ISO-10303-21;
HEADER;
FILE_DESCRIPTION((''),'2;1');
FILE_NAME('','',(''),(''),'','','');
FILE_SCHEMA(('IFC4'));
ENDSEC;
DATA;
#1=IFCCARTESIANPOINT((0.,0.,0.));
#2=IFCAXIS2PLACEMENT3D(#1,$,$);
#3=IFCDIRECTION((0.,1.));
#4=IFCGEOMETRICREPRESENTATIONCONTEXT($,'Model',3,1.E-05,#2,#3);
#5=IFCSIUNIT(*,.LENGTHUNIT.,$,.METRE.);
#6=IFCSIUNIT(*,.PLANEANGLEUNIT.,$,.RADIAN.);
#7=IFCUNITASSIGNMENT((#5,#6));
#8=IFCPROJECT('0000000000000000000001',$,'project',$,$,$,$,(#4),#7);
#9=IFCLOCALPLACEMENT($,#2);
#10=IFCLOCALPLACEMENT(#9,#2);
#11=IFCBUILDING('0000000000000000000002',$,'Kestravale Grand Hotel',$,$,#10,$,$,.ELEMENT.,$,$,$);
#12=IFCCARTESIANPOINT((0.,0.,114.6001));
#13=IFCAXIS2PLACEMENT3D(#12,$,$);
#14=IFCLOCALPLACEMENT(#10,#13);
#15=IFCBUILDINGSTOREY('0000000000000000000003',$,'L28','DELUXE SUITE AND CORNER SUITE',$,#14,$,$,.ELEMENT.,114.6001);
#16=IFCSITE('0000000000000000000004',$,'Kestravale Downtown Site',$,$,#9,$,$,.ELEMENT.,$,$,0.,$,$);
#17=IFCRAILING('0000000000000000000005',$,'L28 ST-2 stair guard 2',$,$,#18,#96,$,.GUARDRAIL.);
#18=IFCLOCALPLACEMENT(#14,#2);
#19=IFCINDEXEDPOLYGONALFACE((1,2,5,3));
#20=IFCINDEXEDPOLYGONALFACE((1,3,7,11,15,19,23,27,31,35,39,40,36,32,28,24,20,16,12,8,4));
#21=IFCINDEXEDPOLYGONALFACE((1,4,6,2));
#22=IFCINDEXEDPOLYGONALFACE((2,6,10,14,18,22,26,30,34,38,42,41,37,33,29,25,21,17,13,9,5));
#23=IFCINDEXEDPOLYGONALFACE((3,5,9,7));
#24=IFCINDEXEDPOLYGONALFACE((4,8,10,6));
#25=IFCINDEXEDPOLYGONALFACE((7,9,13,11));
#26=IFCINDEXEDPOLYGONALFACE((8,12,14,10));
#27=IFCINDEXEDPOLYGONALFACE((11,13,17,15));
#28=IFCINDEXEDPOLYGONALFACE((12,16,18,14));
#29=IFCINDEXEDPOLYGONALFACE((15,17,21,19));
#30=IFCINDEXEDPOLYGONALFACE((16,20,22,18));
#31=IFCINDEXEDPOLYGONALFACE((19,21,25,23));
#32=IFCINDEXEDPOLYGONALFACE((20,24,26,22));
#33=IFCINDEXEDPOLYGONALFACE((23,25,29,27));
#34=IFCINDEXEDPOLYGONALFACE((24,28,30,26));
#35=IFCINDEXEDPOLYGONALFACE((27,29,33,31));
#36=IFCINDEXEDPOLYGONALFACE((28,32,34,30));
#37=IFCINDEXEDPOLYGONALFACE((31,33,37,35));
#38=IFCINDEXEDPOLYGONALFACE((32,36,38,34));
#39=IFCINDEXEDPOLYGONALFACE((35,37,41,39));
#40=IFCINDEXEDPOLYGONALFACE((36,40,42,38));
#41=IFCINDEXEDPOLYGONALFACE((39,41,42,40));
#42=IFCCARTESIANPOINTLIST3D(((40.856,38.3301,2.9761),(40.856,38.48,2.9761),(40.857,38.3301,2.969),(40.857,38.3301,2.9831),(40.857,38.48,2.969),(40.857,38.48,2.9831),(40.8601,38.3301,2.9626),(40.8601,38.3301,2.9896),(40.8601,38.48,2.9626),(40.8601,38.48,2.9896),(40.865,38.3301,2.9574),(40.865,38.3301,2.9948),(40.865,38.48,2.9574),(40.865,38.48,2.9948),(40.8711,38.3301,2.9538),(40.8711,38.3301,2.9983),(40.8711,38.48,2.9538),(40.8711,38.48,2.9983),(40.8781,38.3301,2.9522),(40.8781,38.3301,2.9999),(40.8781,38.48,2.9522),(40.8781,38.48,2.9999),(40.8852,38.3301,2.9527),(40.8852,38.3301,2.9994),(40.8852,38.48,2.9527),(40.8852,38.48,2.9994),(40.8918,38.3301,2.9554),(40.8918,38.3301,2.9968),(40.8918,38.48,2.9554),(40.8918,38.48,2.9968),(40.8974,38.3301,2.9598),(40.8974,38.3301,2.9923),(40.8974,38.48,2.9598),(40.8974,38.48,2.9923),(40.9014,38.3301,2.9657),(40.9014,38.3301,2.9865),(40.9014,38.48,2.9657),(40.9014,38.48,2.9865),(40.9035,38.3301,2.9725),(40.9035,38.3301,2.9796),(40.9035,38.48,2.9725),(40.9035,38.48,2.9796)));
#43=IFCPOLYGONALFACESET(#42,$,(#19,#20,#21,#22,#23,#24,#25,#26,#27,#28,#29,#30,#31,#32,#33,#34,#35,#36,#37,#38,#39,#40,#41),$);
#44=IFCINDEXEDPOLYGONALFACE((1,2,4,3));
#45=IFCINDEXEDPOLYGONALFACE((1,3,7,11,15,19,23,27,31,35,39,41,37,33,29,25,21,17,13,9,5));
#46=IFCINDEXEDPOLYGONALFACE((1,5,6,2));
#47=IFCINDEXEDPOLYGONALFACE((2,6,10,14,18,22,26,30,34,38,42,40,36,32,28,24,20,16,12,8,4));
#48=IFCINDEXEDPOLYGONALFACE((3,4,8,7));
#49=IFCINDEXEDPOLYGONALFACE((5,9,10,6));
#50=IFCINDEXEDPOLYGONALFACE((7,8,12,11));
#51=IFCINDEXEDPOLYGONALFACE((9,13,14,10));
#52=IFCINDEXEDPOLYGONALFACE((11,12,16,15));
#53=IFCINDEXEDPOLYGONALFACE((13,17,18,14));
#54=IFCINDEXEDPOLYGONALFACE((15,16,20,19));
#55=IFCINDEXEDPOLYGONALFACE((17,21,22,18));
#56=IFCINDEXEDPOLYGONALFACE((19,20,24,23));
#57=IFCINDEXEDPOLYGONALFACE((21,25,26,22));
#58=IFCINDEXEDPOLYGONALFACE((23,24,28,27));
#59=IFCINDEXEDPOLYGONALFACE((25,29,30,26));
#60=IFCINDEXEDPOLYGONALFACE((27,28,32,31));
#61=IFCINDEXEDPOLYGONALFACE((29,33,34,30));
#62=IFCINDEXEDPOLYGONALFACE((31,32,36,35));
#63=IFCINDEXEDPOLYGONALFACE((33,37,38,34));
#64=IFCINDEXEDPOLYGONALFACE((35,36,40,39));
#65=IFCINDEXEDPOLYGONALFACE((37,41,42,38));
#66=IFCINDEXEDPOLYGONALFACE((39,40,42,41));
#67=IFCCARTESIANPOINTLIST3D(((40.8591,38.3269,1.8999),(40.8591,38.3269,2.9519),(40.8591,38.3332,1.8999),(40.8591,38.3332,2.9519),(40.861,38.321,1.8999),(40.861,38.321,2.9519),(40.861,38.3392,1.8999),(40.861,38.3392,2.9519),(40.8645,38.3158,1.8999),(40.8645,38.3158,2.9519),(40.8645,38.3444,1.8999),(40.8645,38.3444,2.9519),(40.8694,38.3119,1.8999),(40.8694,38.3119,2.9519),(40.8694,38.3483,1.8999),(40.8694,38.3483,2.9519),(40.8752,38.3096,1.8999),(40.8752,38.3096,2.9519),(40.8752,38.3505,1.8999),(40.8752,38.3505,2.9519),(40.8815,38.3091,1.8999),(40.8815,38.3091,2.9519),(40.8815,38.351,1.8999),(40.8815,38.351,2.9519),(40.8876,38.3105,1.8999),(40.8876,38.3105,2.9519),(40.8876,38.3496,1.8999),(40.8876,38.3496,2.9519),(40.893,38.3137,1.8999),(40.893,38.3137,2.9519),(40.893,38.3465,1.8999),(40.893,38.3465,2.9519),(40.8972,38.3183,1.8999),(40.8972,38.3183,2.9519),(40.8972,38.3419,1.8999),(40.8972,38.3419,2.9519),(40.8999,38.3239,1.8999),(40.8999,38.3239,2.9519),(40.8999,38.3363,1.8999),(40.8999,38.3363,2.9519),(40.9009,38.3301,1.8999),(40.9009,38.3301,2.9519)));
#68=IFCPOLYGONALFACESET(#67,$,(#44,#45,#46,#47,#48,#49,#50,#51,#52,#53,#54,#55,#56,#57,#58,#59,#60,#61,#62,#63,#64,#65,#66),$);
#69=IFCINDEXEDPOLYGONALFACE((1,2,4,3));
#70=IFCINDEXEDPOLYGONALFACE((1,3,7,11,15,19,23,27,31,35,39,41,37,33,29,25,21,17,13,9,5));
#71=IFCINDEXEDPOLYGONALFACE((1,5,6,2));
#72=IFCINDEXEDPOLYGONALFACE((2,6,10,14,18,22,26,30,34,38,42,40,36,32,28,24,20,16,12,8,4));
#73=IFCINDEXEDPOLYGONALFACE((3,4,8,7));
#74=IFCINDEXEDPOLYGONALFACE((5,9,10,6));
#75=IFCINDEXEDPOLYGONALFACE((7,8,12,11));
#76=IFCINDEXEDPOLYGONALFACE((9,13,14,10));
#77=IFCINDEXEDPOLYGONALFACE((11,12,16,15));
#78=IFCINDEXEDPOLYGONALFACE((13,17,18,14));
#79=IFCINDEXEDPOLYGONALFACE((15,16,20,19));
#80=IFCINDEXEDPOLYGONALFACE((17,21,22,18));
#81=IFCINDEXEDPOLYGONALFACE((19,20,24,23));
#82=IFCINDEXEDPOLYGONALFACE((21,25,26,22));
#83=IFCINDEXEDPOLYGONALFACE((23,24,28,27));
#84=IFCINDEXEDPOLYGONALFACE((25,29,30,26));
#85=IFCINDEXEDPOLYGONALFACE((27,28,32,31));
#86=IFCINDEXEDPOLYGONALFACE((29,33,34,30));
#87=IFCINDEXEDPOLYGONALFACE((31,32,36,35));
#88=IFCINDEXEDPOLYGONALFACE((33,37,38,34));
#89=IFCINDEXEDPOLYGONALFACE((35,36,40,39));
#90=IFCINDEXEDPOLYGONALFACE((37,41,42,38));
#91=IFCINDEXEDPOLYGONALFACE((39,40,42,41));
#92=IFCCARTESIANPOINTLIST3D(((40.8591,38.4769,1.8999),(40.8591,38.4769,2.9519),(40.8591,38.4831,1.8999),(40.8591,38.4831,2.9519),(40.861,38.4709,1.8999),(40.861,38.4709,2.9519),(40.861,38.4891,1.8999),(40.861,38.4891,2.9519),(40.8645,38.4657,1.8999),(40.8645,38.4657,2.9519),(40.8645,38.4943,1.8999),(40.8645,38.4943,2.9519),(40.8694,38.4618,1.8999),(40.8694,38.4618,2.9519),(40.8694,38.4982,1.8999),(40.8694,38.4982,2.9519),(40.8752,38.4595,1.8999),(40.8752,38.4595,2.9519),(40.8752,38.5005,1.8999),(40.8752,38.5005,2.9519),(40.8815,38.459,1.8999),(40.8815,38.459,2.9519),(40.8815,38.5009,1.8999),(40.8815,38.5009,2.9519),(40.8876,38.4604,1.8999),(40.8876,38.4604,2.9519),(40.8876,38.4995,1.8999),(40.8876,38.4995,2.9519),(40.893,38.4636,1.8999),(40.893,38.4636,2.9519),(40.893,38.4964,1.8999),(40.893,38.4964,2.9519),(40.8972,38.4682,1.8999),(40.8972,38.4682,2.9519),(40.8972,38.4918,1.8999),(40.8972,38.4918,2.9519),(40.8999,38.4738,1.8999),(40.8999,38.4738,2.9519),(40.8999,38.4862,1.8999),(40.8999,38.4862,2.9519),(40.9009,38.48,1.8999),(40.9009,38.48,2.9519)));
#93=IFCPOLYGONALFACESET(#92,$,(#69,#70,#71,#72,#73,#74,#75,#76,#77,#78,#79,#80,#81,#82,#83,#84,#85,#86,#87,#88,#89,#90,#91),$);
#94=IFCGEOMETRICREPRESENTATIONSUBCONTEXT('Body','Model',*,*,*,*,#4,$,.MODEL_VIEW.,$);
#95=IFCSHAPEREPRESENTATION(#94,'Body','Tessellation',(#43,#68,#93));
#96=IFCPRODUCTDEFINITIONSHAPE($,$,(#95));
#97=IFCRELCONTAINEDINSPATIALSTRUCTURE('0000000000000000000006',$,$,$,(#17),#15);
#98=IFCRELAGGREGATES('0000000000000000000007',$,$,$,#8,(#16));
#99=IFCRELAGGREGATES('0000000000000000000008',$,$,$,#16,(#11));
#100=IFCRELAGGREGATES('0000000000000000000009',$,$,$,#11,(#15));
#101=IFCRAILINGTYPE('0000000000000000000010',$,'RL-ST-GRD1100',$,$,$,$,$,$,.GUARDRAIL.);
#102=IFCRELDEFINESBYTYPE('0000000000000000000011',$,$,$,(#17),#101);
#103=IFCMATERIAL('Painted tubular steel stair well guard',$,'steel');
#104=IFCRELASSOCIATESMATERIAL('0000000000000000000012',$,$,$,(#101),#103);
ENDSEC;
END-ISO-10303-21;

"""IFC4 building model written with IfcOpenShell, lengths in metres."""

from ifc_helpers import new_model, si_unit, direction, frame, origin, origin_2d, place, context, subcontext, project, spatial, circle, extrude, material, type_object, element, save


model = new_model("IFC4")

# Units and contexts
model_context = context("Model", 3, precision=1e-05, world=origin(), true_north=direction((0.0, 1.0)))
body_context = subcontext(model_context, "Body", "Model", "MODEL_VIEW")
ifc_project = project(units=[si_unit("LENGTHUNIT", "METRE"), si_unit("PLANEANGLEUNIT", "RADIAN")], contexts=[model_context])

# Site, building, storey
site_placement = place(None, origin())
site = spatial("IfcSite", under=ifc_project, at=site_placement, Name="Kestravale Downtown Site", CompositionType="ELEMENT", RefElevation=0.0)
building_placement = place(site_placement, origin())
building = spatial("IfcBuilding", under=site, at=building_placement, Name="Kestravale Grand Hotel", CompositionType="ELEMENT")
storey_placement = place(building_placement, frame((0.0, 0.0, 114.6001)))
storey = spatial("IfcBuildingStorey", under=building, at=storey_placement, Name="L28", Description="DELUXE SUITE AND CORNER SUITE", CompositionType="ELEMENT", Elevation=114.6001)

# Railing
ifc_material_1 = material(Name="Painted tubular steel stair well guard", Category="steel")
railing_type_1 = type_object("IfcRailingType", Name="RL-ST-GRD1100", PredefinedType="GUARDRAIL", material=ifc_material_1)
railing_1_placement = place(storey_placement, frame((40.8799, 38.3301, 1.8999)))
element("IfcRailing", 1, at=railing_1_placement, inside=storey, type_object=railing_type_1, Name="L28 ST-2 stair guard 2", PredefinedType="GUARDRAIL", context=body_context, shape_type="SweptSolid", body=[
    extrude(circle(Radius=0.0239, at=origin_2d()), frame((0.0, 0.0, 1.0762), z_axis=(0.0, 1.0, 0.0), x_axis=(-1.0, 0.0, 0.0)), (0.0, 0.0, 1.0), 0.1499),
    extrude(circle(Radius=0.021, at=origin_2d()), origin(), (0.0, 0.0, 1.0), 1.052),
    extrude(circle(Radius=0.021, at=origin_2d()), frame((0.0, 0.1499, 0.0)), (0.0, 0.0, 1.0), 1.052),
])

save(model, "model.ifc")
